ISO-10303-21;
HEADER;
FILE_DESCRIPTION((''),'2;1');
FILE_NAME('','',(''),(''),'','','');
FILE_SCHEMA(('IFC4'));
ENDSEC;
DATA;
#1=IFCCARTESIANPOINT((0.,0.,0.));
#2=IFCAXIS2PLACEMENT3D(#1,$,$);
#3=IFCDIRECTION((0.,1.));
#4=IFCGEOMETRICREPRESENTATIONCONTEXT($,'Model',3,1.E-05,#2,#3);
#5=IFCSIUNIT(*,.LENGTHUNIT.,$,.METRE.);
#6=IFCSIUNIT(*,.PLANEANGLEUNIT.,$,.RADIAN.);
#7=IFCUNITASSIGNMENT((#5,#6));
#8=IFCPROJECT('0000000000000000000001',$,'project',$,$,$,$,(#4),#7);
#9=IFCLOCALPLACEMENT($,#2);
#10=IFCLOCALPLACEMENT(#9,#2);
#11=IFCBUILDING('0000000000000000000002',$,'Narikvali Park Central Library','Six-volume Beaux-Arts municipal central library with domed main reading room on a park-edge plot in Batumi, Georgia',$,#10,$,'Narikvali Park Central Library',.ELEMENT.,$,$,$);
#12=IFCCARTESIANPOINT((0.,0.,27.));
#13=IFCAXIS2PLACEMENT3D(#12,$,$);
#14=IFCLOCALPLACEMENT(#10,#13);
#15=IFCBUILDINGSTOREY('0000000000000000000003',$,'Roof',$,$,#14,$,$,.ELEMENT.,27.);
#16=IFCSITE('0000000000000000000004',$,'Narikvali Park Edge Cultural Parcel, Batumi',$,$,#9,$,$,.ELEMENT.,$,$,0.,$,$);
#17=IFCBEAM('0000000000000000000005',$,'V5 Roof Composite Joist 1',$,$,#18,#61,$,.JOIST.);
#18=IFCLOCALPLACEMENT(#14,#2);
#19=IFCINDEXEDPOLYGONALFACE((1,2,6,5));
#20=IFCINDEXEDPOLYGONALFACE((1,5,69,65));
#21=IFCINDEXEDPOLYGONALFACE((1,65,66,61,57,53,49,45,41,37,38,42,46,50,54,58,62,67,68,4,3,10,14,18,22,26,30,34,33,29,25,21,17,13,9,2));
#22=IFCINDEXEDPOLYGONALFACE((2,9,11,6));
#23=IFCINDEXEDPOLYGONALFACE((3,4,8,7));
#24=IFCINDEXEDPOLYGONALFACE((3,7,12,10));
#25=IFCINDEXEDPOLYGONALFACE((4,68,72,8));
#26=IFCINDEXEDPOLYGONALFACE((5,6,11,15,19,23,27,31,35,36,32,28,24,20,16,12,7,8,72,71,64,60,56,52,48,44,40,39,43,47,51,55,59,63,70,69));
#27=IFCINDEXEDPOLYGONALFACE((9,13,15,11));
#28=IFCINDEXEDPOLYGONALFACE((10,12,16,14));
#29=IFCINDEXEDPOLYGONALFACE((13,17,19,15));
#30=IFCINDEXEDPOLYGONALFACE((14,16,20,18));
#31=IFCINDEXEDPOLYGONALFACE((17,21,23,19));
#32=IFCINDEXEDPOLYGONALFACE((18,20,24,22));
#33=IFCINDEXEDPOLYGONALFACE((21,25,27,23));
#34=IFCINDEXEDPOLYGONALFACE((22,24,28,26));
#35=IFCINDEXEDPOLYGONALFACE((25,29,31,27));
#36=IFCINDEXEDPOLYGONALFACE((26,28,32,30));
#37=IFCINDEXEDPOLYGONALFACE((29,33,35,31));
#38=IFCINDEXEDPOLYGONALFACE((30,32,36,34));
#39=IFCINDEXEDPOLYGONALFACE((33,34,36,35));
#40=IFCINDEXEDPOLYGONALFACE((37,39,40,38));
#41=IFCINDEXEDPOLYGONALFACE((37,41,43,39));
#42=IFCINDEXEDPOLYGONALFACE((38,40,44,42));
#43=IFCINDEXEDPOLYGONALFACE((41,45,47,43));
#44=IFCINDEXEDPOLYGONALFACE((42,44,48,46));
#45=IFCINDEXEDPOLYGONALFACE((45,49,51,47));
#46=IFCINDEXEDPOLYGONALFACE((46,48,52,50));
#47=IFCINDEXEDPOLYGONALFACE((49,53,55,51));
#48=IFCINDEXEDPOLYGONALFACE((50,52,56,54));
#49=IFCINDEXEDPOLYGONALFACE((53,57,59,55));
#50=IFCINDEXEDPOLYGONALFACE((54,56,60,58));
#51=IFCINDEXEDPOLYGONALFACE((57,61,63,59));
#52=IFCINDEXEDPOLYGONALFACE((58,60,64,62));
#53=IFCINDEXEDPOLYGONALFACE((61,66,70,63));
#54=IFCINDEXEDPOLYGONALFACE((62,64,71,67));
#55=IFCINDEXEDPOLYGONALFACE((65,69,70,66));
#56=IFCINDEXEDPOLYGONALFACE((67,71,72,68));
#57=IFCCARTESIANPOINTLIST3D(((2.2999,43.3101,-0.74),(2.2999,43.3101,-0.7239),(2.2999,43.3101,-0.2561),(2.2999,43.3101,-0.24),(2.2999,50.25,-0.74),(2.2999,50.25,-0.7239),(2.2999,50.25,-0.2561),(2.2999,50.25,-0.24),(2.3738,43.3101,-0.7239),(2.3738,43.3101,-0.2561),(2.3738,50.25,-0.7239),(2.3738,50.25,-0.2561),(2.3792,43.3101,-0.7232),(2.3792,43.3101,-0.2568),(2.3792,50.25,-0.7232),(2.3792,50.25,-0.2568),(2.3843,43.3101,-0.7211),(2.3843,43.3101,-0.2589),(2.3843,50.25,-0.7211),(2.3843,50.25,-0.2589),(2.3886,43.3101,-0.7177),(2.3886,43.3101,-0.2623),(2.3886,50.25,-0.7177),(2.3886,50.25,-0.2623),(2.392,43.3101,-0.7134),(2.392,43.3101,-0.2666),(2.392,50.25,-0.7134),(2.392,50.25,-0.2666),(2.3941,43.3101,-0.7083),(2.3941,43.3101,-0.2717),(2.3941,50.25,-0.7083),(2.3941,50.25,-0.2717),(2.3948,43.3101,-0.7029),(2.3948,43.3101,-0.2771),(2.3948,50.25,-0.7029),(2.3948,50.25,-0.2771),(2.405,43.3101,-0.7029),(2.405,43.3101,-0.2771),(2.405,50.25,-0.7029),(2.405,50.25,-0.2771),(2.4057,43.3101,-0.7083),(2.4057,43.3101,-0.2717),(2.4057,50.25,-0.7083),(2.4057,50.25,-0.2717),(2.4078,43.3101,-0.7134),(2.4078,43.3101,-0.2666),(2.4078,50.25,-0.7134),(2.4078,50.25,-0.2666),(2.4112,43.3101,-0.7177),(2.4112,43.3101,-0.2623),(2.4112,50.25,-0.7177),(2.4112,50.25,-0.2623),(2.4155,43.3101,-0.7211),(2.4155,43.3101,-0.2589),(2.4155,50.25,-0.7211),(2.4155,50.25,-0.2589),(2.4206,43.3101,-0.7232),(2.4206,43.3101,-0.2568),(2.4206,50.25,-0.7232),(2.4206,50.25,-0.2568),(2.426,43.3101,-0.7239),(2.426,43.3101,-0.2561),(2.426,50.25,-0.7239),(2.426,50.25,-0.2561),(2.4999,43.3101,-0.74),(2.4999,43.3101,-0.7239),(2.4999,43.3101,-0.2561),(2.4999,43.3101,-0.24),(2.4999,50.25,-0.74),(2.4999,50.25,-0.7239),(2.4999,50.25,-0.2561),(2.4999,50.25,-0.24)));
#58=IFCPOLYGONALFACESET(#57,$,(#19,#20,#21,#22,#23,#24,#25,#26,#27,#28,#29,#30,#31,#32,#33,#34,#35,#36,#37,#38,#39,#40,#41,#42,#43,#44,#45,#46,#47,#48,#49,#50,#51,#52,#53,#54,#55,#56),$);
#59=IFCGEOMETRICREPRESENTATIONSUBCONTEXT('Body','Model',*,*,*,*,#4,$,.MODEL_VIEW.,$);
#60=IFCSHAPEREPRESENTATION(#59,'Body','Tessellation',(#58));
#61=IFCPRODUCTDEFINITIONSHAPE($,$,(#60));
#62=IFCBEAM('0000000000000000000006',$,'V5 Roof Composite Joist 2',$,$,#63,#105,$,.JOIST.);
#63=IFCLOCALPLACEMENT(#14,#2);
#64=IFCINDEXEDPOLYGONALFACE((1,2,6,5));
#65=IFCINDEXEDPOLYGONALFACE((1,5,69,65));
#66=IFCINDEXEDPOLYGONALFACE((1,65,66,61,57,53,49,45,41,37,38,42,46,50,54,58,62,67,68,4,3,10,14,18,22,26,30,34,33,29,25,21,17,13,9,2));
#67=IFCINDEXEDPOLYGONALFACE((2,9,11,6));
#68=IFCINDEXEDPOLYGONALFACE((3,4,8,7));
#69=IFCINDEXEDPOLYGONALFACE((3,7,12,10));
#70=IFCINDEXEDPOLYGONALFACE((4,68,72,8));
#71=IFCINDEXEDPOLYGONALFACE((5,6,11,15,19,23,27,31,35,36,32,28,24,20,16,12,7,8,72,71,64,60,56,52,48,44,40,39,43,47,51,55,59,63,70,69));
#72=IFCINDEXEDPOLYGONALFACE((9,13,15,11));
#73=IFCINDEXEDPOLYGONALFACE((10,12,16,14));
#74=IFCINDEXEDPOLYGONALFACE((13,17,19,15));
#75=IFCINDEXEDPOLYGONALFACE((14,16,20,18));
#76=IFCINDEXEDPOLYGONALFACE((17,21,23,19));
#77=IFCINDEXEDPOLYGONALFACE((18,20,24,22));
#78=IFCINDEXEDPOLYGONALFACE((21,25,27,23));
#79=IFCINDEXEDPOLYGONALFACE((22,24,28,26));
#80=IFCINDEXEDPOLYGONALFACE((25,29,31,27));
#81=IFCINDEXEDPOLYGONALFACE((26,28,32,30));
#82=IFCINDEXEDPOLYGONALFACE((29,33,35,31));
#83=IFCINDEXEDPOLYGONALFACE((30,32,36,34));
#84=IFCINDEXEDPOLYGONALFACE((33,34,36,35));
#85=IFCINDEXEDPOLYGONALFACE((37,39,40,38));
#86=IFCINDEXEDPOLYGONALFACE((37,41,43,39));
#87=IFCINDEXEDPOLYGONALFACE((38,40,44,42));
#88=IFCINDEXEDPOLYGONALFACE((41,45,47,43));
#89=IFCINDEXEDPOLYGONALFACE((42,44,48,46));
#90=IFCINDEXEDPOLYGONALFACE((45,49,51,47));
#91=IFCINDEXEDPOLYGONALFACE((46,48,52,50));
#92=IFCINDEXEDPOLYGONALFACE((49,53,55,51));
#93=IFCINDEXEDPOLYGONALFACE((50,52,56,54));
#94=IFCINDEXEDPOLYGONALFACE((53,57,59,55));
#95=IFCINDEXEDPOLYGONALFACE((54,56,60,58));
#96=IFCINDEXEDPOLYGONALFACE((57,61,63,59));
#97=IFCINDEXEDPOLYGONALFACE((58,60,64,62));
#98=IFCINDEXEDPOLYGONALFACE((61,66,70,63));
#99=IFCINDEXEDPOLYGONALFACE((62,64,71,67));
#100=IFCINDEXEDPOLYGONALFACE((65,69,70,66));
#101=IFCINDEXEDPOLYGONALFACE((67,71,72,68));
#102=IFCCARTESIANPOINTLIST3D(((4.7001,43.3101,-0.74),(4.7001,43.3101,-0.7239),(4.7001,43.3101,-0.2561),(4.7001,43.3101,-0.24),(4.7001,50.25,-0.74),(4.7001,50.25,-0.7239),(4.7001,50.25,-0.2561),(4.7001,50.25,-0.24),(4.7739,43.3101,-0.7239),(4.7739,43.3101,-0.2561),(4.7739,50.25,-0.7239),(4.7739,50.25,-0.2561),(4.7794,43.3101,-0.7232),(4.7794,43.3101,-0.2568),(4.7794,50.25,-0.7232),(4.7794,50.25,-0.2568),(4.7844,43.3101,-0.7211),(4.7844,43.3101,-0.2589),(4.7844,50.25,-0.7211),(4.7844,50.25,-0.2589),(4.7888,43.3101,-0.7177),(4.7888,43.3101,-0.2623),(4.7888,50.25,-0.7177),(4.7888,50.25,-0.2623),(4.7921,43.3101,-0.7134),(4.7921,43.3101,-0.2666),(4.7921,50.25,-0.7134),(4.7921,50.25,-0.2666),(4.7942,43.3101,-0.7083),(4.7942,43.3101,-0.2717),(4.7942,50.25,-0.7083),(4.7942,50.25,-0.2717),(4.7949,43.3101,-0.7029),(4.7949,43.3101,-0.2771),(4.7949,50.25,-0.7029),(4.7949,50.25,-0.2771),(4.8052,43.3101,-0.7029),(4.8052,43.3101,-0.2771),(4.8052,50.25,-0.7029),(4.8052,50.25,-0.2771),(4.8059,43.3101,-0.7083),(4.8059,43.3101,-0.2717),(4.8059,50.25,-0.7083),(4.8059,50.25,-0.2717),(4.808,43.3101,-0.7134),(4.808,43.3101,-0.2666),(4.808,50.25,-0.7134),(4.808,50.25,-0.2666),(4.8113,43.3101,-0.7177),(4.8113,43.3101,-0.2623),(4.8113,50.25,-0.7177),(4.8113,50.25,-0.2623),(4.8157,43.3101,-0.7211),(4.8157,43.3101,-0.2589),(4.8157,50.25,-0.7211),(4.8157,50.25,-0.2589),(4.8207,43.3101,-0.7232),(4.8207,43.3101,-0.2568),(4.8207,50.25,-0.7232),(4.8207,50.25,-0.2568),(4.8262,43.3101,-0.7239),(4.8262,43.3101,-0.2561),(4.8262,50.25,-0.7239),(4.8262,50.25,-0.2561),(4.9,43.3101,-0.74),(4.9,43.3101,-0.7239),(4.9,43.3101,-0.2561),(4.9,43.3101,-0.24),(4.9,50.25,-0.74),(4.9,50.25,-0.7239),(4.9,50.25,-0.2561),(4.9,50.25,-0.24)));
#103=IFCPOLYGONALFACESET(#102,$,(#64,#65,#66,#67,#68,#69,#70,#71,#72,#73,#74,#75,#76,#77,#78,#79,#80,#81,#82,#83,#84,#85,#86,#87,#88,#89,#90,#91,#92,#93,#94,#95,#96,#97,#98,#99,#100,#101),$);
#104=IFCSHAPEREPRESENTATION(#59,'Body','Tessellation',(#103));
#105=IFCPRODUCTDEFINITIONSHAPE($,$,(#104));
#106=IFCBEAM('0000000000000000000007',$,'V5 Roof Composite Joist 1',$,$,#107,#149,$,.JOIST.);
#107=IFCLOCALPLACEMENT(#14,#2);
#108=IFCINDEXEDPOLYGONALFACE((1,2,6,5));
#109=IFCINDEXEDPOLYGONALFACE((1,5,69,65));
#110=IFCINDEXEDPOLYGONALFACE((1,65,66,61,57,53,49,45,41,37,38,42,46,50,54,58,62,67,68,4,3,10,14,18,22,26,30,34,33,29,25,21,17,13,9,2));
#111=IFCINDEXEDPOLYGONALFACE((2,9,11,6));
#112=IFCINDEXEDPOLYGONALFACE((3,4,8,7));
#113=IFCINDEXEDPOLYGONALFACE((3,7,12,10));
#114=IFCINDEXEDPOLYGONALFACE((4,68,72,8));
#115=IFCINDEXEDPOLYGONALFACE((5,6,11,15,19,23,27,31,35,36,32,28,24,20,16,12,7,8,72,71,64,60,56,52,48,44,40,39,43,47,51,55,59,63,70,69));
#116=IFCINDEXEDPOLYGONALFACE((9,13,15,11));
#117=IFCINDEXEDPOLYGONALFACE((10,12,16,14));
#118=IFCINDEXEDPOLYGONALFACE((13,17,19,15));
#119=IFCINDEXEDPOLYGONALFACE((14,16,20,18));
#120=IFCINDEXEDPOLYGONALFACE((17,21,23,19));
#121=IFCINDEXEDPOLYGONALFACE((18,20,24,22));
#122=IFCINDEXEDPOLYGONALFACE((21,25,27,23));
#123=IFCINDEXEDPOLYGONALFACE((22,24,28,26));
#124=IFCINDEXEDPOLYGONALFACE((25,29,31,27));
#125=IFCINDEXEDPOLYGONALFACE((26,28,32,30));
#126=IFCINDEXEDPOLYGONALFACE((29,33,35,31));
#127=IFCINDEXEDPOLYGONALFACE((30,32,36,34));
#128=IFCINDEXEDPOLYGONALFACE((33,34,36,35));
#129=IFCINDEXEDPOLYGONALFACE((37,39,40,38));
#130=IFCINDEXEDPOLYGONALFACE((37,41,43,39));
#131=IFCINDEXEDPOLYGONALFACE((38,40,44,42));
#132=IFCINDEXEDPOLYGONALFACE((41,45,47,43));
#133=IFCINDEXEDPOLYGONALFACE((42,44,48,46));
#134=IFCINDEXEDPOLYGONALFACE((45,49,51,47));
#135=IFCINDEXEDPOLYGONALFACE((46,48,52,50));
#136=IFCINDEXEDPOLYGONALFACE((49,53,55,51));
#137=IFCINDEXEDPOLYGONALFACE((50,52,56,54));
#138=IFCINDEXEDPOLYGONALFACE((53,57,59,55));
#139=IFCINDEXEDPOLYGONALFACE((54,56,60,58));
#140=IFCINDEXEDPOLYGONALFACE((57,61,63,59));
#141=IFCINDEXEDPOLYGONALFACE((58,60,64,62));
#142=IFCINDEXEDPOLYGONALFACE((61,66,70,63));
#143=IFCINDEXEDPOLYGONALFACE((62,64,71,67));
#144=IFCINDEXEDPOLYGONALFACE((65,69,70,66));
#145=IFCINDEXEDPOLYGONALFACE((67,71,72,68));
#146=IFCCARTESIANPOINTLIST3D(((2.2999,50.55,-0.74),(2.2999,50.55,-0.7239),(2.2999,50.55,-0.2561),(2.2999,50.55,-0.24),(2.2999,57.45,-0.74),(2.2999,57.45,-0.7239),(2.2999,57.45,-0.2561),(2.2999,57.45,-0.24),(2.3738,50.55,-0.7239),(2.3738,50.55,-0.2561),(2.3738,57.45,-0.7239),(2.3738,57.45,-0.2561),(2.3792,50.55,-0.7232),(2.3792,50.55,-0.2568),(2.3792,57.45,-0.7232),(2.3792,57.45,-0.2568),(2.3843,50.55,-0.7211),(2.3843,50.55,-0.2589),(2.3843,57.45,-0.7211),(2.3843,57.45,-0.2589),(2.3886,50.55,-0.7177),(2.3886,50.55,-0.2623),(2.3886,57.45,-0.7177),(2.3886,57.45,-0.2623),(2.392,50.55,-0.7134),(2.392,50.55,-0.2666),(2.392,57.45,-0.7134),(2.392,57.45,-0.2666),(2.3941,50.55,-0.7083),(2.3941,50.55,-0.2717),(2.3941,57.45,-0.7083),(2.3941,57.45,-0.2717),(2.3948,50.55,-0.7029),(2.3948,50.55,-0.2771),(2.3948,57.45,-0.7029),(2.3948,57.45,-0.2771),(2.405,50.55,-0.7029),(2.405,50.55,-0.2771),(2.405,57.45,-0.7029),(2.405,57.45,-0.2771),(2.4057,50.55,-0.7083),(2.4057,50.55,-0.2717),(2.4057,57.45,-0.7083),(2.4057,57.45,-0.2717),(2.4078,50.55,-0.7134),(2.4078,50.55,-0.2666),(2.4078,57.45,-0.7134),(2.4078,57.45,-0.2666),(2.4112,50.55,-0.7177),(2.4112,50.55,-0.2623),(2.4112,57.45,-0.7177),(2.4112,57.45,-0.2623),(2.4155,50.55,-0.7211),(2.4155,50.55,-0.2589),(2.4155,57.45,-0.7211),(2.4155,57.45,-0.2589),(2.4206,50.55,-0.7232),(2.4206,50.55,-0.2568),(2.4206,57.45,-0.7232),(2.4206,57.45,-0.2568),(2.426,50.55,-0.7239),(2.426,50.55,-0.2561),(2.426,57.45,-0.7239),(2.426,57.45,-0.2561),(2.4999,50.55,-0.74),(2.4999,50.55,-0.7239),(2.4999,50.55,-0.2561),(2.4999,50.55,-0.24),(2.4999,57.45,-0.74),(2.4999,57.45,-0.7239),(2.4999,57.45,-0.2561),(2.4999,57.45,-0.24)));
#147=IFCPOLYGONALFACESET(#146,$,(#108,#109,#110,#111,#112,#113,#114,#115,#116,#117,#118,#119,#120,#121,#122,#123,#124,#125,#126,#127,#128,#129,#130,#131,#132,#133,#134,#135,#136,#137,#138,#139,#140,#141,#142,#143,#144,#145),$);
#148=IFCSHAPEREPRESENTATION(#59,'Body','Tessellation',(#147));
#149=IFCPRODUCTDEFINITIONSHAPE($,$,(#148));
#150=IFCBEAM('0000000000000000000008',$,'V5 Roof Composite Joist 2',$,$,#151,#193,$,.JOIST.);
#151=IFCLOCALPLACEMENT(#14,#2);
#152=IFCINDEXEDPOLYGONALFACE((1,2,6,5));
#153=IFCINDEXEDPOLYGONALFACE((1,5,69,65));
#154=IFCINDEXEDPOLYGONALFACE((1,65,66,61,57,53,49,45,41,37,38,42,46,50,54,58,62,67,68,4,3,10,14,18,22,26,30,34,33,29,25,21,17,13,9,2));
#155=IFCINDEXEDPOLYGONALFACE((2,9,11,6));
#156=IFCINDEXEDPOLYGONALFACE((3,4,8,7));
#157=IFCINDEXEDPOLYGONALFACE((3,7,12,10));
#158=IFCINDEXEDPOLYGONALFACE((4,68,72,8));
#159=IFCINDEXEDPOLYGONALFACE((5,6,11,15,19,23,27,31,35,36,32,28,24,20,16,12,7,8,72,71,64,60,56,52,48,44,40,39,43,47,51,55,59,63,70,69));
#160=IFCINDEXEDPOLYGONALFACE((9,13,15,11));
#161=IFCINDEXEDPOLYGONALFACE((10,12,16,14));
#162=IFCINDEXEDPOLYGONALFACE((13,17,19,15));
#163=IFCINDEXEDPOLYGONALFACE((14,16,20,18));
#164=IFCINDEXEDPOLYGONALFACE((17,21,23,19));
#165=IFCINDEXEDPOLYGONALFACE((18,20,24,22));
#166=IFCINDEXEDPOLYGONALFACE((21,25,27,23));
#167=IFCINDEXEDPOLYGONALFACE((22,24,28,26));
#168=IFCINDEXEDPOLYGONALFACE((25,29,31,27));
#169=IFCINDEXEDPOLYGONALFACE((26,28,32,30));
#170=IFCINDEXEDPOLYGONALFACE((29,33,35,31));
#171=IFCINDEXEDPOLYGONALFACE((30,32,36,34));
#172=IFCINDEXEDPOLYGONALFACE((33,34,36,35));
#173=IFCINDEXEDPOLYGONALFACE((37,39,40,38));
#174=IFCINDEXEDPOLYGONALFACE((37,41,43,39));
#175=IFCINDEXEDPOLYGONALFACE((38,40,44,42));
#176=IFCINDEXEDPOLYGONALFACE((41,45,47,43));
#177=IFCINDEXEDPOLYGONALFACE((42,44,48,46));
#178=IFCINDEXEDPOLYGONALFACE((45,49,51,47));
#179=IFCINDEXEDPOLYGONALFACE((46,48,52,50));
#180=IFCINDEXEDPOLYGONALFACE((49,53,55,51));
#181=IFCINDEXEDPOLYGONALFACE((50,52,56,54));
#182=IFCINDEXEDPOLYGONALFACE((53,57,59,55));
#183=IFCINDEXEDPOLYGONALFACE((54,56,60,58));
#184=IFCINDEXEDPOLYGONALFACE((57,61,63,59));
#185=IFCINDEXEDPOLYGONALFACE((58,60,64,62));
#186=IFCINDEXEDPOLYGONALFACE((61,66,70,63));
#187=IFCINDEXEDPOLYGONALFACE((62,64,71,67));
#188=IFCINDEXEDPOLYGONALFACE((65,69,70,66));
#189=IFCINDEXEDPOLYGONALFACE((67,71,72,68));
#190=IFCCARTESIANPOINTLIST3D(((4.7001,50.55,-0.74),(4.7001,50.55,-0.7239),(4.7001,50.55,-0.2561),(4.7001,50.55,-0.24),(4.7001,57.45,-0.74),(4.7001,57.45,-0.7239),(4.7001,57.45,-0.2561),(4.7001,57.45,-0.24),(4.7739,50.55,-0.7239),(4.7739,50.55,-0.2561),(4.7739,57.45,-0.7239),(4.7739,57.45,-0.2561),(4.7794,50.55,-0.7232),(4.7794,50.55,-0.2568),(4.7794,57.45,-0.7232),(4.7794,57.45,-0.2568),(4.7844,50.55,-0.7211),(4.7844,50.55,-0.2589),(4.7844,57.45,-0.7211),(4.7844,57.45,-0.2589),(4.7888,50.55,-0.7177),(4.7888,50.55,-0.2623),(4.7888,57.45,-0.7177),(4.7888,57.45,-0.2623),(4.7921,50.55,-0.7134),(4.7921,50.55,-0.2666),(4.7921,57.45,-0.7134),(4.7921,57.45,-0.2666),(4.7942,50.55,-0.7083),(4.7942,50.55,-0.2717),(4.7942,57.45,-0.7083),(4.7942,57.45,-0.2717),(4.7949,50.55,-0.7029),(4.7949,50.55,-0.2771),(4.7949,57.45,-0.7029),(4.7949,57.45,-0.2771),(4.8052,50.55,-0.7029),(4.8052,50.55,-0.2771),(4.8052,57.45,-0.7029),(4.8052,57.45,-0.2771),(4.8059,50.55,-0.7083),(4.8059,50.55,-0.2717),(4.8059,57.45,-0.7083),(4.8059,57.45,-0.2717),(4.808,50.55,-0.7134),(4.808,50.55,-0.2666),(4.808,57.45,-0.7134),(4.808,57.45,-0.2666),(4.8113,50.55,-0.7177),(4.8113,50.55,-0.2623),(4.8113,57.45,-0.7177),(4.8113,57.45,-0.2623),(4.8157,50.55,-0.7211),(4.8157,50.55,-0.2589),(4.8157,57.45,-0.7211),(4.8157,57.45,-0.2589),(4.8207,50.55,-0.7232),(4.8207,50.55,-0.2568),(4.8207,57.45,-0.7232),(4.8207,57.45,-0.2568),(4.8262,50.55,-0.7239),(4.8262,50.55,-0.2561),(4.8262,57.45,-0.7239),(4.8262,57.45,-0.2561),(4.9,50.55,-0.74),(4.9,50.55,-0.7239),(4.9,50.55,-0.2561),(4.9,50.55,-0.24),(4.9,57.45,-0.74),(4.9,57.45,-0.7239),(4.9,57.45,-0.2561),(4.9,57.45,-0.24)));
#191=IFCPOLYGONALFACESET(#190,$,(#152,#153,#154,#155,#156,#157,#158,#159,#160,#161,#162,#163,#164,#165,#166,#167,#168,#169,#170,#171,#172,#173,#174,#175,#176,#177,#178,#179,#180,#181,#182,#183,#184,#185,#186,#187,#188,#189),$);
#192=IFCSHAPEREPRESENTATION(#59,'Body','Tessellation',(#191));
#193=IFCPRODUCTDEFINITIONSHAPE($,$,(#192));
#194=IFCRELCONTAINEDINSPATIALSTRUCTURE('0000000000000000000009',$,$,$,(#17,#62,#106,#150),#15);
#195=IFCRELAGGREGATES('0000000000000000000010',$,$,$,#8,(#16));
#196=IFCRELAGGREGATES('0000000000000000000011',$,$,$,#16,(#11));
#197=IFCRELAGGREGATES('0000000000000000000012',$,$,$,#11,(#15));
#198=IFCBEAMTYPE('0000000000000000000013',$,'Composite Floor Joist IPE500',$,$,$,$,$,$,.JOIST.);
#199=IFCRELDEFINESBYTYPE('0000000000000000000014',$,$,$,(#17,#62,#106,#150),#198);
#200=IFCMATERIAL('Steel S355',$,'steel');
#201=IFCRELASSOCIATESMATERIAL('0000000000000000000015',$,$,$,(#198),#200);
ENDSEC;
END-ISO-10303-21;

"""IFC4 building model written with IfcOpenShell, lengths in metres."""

from ifc_helpers import new_model, si_unit, direction, frame, origin, origin_2d, place, context, subcontext, project, spatial, i_section, extrude, material, material_profile, profile_set, type_object, element, save


model = new_model("IFC4")

# Units and contexts
model_context = context("Model", 3, precision=1e-05, world=origin(), true_north=direction((0.0, 1.0)))
body_context = subcontext(model_context, "Body", "Model", "MODEL_VIEW")
ifc_project = project(units=[si_unit("LENGTHUNIT", "METRE"), si_unit("PLANEANGLEUNIT", "RADIAN")], contexts=[model_context])

# Site, building, storey
site_placement = place(None, origin())
site = spatial("IfcSite", under=ifc_project, at=site_placement, Name="Narikvali Park Edge Cultural Parcel, Batumi", CompositionType="ELEMENT", RefElevation=0.0)
building_placement = place(site_placement, origin())
building = spatial("IfcBuilding", under=site, at=building_placement, Name="Narikvali Park Central Library", Description="Six-volume Beaux-Arts municipal central library with domed main reading room on a park-edge plot in Batumi, Georgia", LongName="Narikvali Park Central Library", CompositionType="ELEMENT")
storey_placement = place(building_placement, frame((0.0, 0.0, 27.0)))
storey = spatial("IfcBuildingStorey", under=building, at=storey_placement, Name="Roof", CompositionType="ELEMENT", Elevation=27.0)

# Beams
ifc_material_1 = material(Name="Steel S355", Category="steel")
ifc_material_profile_1 = material_profile(ifc_material_1, i_section(OverallWidth=0.2, OverallDepth=0.5, WebThickness=0.0103, FlangeThickness=0.0161, FilletRadius=0.021, at=origin_2d()), Name="IPE 500")
ifc_profile_set_1 = profile_set([ifc_material_profile_1], Name="Steel S355")
beam_type_1 = type_object("IfcBeamType", Name="Composite Floor Joist IPE500", PredefinedType="JOIST", material=ifc_profile_set_1)
for number, where, z_axis, x_axis, name in (
    (1, (2.3999, 43.3101, -0.49), (0.0, 1.0, 0.0), (-1.0, 0.0, 0.0), "V5 Roof Composite Joist 1"),
    (2, (4.8, 43.3101, -0.49), (0.0, 1.0, 0.0), (-1.0, 0.0, 0.0), "V5 Roof Composite Joist 2"),
):
    element("IfcBeam", number, at=place(storey_placement, frame(where, z_axis=z_axis, x_axis=x_axis)), inside=storey, type_object=beam_type_1, Name=name, PredefinedType="JOIST", context=body_context, shape_type="SweptSolid", body=[
        extrude(i_section(OverallWidth=0.2, OverallDepth=0.5, WebThickness=0.0103, FlangeThickness=0.0161, FilletRadius=0.021, at=origin_2d()), origin(), (0.0, 0.0, 1.0), 6.9399),
    ])
for number, where, z_axis, x_axis, name in (
    (3, (2.3999, 50.55, -0.49), (0.0, 1.0, 0.0), (-1.0, 0.0, 0.0), "V5 Roof Composite Joist 1"),
    (4, (4.8, 50.55, -0.49), (0.0, 1.0, 0.0), (-1.0, 0.0, 0.0), "V5 Roof Composite Joist 2"),
):
    element("IfcBeam", number, at=place(storey_placement, frame(where, z_axis=z_axis, x_axis=x_axis)), inside=storey, type_object=beam_type_1, Name=name, PredefinedType="JOIST", context=body_context, shape_type="SweptSolid", body=[
        extrude(i_section(OverallWidth=0.2, OverallDepth=0.5, WebThickness=0.0103, FlangeThickness=0.0161, FilletRadius=0.021, at=origin_2d()), origin(), (0.0, 0.0, 1.0), 6.8999),
    ])

save(model, "model.ifc")
